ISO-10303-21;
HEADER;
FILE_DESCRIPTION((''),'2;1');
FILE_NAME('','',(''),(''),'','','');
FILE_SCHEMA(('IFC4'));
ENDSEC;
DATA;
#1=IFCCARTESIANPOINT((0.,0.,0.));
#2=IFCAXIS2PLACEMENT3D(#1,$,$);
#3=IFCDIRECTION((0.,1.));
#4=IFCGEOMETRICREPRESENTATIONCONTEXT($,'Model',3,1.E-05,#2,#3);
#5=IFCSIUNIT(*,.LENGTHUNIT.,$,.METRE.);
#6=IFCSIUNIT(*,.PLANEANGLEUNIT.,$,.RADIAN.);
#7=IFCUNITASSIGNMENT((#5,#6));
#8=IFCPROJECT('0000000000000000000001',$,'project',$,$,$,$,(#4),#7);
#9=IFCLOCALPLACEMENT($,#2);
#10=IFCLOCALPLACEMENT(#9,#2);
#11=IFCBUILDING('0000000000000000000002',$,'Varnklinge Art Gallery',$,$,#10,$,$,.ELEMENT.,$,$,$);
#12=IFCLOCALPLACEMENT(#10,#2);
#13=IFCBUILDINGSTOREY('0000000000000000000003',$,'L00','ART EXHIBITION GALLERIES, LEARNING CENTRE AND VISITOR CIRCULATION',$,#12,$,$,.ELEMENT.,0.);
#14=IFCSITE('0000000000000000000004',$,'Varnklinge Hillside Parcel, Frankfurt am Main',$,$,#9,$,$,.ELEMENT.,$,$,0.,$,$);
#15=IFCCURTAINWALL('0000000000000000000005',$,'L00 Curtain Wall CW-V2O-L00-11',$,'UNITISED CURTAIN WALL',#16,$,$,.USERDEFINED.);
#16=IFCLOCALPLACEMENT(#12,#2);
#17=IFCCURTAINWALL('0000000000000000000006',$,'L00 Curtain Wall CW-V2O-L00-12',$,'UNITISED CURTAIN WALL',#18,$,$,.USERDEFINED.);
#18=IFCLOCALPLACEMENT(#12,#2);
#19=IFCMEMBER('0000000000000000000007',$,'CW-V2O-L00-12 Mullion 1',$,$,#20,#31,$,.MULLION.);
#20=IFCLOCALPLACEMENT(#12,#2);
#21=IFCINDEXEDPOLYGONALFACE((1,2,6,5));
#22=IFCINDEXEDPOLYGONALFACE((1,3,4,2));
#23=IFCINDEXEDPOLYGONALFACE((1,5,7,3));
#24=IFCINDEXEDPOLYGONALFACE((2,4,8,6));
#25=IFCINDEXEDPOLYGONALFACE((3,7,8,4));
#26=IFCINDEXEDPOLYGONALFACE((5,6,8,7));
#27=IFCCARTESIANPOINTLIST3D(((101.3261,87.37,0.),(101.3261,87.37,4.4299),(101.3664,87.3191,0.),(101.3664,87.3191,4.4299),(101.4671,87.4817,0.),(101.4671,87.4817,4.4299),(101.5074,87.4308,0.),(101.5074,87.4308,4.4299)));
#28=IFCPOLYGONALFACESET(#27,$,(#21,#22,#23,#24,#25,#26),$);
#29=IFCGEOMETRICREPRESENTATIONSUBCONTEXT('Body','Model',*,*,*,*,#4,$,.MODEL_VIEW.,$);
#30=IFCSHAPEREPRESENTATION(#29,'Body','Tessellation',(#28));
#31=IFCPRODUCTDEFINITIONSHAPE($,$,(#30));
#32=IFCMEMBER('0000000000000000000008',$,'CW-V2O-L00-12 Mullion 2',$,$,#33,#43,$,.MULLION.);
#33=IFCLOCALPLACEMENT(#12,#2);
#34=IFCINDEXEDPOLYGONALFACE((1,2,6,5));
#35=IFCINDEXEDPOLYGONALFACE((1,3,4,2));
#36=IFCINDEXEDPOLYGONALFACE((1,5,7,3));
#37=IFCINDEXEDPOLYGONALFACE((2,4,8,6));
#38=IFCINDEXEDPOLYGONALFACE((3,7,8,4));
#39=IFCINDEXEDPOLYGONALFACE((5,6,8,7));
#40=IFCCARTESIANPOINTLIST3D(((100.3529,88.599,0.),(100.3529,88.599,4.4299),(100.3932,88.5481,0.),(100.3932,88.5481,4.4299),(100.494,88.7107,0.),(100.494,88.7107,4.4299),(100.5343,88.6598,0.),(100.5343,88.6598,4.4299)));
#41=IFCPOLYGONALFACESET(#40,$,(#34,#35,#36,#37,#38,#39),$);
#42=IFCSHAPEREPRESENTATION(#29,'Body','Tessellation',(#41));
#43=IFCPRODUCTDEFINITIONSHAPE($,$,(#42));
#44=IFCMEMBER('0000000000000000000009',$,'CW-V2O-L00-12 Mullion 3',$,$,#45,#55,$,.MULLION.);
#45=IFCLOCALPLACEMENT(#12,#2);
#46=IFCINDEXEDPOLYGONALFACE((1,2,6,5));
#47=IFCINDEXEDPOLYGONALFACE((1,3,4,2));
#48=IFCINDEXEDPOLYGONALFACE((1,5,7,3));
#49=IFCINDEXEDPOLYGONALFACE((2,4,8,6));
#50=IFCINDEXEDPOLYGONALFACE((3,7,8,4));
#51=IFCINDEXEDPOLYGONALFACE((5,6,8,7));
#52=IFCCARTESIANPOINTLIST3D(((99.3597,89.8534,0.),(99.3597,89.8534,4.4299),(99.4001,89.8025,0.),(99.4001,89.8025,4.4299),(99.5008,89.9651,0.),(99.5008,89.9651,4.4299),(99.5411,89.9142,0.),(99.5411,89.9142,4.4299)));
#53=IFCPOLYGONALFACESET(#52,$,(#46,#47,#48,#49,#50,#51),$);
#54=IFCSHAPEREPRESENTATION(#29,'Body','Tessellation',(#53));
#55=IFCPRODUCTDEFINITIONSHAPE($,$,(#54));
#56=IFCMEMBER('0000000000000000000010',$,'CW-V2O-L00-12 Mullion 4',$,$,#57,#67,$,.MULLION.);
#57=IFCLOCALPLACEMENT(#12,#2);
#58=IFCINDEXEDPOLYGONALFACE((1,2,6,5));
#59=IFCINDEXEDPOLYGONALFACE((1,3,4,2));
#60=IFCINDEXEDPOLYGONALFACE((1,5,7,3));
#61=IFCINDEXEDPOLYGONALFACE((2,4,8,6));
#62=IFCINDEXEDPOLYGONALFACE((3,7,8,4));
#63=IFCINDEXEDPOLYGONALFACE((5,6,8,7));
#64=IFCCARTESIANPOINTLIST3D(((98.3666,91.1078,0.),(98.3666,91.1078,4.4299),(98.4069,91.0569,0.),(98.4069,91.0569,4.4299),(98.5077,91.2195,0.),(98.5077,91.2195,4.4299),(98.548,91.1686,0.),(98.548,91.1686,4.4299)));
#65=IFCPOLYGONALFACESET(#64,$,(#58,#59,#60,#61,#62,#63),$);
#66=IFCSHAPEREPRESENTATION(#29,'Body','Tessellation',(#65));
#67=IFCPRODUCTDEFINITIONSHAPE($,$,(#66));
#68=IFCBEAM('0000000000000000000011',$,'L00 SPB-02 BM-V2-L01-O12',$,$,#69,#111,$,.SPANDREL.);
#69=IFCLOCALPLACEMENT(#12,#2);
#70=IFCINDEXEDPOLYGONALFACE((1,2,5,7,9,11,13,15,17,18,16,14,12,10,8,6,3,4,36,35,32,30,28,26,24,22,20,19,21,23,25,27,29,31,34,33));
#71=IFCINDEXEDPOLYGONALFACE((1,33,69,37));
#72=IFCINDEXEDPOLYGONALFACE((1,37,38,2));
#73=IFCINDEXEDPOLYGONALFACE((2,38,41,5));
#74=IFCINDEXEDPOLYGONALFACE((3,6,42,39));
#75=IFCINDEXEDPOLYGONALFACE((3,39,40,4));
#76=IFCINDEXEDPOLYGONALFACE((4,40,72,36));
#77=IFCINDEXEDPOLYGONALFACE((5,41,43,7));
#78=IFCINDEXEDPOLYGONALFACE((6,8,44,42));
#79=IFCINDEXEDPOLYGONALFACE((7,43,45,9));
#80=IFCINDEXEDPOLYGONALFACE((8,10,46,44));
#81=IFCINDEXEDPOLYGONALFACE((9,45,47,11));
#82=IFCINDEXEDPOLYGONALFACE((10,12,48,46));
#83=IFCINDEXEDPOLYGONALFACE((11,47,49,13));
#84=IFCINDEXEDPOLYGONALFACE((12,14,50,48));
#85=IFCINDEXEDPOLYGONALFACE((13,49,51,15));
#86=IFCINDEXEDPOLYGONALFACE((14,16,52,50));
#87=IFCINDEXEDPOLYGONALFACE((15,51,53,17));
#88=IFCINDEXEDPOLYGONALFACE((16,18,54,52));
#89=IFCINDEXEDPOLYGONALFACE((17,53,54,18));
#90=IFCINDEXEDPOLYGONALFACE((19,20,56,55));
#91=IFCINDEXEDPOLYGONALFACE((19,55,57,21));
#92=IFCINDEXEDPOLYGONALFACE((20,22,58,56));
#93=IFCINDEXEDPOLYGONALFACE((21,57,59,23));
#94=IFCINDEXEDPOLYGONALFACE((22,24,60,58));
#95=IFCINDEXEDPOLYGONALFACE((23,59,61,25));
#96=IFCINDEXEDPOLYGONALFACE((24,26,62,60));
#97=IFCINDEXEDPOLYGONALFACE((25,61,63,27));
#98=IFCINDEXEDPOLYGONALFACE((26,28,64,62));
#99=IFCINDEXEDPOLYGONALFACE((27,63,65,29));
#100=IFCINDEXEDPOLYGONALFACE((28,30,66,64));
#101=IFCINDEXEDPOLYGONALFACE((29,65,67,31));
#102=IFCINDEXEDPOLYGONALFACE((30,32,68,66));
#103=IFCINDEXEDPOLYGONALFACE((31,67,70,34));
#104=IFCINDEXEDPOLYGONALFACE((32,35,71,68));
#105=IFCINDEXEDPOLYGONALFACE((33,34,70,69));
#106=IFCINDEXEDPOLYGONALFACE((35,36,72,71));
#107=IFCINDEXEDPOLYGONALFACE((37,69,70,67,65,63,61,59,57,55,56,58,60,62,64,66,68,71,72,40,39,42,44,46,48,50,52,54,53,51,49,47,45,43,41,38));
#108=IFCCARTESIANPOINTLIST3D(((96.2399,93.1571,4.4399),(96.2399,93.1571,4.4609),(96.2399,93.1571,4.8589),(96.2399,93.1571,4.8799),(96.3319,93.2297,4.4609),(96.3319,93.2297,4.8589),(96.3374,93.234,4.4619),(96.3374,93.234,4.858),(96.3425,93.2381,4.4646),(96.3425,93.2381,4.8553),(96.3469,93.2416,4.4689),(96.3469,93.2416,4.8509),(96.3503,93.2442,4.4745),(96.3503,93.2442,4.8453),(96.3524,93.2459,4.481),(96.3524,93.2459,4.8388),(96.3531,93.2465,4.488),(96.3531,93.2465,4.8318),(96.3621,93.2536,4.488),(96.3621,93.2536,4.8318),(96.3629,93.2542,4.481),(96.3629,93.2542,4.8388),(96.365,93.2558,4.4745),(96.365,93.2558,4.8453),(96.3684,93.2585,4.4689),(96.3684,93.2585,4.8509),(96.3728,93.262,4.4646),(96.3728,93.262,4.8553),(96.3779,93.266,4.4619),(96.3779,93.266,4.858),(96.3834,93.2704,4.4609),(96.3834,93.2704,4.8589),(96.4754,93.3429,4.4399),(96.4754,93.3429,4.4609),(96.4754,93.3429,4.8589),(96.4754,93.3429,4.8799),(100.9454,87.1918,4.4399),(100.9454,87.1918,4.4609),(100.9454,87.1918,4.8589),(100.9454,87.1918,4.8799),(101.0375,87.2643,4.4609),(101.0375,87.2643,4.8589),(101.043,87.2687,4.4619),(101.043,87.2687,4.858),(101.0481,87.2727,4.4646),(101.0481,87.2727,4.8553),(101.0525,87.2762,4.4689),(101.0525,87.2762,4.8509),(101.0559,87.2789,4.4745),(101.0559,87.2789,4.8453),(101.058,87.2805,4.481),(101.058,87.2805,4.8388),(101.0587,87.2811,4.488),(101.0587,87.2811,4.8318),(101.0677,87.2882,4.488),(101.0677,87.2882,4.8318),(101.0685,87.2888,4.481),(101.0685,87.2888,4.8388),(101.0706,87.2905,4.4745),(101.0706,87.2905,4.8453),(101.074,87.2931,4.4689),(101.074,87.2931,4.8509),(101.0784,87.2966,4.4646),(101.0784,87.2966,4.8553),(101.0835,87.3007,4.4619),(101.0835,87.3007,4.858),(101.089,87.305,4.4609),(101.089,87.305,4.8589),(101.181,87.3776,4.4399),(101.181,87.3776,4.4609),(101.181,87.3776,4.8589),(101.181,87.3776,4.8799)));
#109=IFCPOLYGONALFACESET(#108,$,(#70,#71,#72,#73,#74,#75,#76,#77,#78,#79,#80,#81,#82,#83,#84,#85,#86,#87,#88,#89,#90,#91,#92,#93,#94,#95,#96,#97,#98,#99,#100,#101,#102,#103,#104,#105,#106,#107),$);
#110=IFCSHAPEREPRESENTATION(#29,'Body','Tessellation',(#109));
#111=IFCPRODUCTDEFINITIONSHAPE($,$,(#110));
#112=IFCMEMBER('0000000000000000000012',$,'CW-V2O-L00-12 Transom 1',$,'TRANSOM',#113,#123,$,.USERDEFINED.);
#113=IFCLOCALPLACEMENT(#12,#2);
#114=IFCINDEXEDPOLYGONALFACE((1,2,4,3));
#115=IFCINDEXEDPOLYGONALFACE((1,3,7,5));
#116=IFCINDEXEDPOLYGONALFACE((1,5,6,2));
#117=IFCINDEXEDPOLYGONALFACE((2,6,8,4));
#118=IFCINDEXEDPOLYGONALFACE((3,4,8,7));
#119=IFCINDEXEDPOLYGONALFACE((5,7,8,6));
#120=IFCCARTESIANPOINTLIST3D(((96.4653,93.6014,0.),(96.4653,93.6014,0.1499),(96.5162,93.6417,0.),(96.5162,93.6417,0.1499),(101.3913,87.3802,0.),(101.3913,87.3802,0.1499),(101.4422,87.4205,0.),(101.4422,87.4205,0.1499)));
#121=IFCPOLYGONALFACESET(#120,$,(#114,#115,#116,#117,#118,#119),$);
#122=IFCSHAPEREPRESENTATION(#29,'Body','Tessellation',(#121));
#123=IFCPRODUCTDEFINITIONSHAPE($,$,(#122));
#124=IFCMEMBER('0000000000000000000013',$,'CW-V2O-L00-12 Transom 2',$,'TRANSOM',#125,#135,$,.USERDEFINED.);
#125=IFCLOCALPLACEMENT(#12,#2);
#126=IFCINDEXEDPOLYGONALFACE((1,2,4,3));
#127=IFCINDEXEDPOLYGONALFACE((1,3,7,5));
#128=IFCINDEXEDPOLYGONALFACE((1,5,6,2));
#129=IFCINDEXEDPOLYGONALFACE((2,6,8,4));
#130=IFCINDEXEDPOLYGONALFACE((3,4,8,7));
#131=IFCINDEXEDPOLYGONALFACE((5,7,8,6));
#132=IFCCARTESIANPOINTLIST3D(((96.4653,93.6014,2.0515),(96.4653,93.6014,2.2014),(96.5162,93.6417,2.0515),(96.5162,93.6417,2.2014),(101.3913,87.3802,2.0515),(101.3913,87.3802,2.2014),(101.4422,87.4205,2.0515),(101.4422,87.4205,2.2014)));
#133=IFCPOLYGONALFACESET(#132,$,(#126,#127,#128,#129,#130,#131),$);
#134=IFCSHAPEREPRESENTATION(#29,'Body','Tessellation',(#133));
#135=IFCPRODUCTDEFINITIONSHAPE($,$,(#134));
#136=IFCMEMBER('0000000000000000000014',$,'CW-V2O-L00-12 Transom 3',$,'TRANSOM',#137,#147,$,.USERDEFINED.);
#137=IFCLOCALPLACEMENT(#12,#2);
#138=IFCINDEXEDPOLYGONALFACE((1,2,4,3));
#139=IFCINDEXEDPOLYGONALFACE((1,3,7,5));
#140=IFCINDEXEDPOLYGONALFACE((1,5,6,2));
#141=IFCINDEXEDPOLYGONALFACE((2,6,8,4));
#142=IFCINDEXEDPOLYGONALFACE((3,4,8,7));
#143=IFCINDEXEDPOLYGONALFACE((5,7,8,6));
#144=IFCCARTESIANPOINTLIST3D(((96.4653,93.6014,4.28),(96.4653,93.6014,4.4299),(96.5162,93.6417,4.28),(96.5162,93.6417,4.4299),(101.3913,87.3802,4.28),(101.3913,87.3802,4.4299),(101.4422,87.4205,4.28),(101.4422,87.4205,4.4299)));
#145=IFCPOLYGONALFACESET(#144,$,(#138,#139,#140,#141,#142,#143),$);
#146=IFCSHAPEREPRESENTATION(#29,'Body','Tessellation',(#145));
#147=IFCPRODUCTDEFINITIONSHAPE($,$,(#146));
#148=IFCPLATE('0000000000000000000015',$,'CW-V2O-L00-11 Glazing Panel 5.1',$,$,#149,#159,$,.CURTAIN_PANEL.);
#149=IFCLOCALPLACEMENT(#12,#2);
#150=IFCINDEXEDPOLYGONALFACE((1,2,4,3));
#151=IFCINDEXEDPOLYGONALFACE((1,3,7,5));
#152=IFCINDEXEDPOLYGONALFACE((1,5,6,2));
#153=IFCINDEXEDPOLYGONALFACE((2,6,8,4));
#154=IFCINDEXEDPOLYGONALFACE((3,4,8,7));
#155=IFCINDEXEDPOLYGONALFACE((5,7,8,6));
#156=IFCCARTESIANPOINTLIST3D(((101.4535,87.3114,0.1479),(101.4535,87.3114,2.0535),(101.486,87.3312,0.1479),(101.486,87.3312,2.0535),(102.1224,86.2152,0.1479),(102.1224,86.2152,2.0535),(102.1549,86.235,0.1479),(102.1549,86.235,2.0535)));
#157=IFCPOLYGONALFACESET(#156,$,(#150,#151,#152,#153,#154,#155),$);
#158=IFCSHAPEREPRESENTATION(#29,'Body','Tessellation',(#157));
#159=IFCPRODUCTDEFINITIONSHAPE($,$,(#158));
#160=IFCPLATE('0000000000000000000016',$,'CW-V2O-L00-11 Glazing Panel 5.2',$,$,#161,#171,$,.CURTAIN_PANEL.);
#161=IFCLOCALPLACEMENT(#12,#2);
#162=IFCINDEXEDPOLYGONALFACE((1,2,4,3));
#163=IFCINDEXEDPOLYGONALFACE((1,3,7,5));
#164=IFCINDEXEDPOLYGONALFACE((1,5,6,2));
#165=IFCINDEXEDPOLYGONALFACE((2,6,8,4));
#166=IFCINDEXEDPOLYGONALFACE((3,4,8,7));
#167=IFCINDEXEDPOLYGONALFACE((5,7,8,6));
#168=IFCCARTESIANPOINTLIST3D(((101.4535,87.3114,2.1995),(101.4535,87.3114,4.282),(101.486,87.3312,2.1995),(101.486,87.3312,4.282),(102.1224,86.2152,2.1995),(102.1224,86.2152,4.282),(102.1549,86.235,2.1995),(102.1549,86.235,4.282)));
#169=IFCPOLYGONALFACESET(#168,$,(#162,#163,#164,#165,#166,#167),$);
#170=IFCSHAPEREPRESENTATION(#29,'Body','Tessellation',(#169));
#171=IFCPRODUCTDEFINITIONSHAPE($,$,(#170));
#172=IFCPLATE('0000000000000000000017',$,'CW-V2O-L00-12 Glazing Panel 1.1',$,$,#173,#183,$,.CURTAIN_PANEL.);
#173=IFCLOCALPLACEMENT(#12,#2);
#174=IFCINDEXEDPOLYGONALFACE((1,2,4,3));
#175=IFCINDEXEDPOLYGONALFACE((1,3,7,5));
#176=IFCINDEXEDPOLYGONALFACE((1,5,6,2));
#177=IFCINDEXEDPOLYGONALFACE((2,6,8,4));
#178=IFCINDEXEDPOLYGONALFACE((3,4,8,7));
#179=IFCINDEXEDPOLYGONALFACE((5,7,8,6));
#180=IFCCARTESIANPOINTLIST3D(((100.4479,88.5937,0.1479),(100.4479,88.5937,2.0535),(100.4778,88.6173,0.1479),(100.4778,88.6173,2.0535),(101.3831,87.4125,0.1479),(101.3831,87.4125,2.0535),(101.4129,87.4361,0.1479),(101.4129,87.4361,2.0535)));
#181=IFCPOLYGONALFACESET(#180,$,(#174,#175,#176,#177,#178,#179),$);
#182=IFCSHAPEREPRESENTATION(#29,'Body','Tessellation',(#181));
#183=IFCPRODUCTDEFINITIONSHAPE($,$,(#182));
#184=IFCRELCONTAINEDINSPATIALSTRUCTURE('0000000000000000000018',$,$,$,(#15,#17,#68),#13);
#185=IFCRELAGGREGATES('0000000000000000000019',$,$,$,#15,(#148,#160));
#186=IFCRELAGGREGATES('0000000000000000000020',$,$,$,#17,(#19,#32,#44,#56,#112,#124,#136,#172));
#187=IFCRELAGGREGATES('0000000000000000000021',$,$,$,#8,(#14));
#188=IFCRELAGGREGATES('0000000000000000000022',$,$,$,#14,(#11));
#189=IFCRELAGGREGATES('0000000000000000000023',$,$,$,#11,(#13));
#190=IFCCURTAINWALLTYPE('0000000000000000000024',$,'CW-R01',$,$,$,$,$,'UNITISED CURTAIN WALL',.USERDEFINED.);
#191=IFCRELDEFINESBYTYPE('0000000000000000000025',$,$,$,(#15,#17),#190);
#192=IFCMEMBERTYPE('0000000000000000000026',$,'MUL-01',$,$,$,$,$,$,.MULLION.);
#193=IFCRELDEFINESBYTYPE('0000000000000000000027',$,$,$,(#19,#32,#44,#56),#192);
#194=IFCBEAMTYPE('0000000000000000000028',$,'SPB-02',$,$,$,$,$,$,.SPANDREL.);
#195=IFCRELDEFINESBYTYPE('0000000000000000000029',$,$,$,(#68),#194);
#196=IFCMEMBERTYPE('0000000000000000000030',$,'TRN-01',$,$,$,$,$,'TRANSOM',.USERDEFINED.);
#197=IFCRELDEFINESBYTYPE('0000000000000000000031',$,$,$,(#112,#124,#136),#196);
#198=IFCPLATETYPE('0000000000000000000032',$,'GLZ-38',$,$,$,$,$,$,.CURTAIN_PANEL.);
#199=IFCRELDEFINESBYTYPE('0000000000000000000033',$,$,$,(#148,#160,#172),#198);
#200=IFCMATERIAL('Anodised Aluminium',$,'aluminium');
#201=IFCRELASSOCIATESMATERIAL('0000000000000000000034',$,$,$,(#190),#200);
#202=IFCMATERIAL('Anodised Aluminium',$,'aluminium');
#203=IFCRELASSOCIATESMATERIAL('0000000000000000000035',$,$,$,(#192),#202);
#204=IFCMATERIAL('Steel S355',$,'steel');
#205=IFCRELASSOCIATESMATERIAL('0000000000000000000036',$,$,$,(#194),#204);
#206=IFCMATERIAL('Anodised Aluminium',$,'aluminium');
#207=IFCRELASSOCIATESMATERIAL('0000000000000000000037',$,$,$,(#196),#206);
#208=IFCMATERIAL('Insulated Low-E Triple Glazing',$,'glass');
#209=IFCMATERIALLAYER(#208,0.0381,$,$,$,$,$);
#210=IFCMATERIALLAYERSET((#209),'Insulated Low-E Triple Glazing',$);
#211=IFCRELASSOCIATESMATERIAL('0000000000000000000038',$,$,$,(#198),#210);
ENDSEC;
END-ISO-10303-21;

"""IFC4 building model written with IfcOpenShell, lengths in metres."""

from ifc_helpers import new_model, si_unit, direction, frame, origin, origin_2d, place, context, subcontext, project, spatial, rectangle, i_section, extrude, material, layer, layer_set, material_profile, profile_set, type_object, element, aggregate, save


model = new_model("IFC4")

# Units and contexts
model_context = context("Model", 3, precision=1e-05, world=origin(), true_north=direction((0.0, 1.0)))
body_context = subcontext(model_context, "Body", "Model", "MODEL_VIEW")
ifc_project = project(units=[si_unit("LENGTHUNIT", "METRE"), si_unit("PLANEANGLEUNIT", "RADIAN")], contexts=[model_context])

# Site, building, storey
site_placement = place(None, origin())
site = spatial("IfcSite", under=ifc_project, at=site_placement, Name="Varnklinge Hillside Parcel, Frankfurt am Main", CompositionType="ELEMENT", RefElevation=0.0)
building_placement = place(site_placement, origin())
building = spatial("IfcBuilding", under=site, at=building_placement, Name="Varnklinge Art Gallery", CompositionType="ELEMENT")
storey_placement = place(building_placement, origin())
storey = spatial("IfcBuildingStorey", under=building, at=storey_placement, Name="L00", Description="ART EXHIBITION GALLERIES, LEARNING CENTRE AND VISITOR CIRCULATION", CompositionType="ELEMENT", Elevation=0.0)

# Curtain walls, members
ifc_material_1 = material(Name="Anodised Aluminium", Category="aluminium")
curtain_wall_type = type_object("IfcCurtainWallType", Name="CW-R01", ElementType="UNITISED CURTAIN WALL", PredefinedType="USERDEFINED", material=ifc_material_1)
curtain_wall_1_placement = place(storey_placement, origin())
curtain_wall_1 = element("IfcCurtainWall", 1, at=curtain_wall_1_placement, inside=storey, type_object=curtain_wall_type, Name="L00 Curtain Wall CW-V2O-L00-11", ObjectType="UNITISED CURTAIN WALL", PredefinedType="USERDEFINED")
ifc_material_2 = material(Name="Anodised Aluminium", Category="aluminium")
ifc_material_profile_1 = material_profile(ifc_material_2, rectangle(XDim=0.0649, YDim=0.1799, at=origin_2d()), Name="ALU 65x180")
ifc_profile_set_1 = profile_set([ifc_material_profile_1], Name="Anodised Aluminium")
member_type_1 = type_object("IfcMemberType", Name="MUL-01", PredefinedType="MULLION", material=ifc_profile_set_1)
curtain_wall_2_placement = place(storey_placement, origin())
curtain_wall_2 = element("IfcCurtainWall", 2, at=curtain_wall_2_placement, inside=storey, type_object=curtain_wall_type, Name="L00 Curtain Wall CW-V2O-L00-12", ObjectType="UNITISED CURTAIN WALL", PredefinedType="USERDEFINED")
member_1_placement = place(storey_placement, frame((101.4167, 87.4004, 0.0), z_axis=(0.0, 0.0, 1.0), x_axis=(-0.620737, 0.784019, 0.0)))
member_1 = element("IfcMember", 3, at=member_1_placement, type_object=member_type_1, Name="CW-V2O-L00-12 Mullion 1", PredefinedType="MULLION", context=body_context, shape_type="SweptSolid", body=[
    extrude(rectangle(XDim=0.0649, YDim=0.1799, at=origin_2d()), origin(), (0.0, 0.0, 1.0), 4.4299),
])
member_2_placement = place(storey_placement, frame((100.4436, 88.6294, 0.0), z_axis=(0.0, 0.0, 1.0), x_axis=(-0.620737, 0.784019, 0.0)))
member_2 = element("IfcMember", 4, at=member_2_placement, type_object=member_type_1, Name="CW-V2O-L00-12 Mullion 2", PredefinedType="MULLION", context=body_context, shape_type="SweptSolid", body=[
    extrude(rectangle(XDim=0.0649, YDim=0.1799, at=origin_2d()), origin(), (0.0, 0.0, 1.0), 4.4299),
])
member_3_placement = place(storey_placement, frame((99.4504, 89.8838, 0.0), z_axis=(0.0, 0.0, 1.0), x_axis=(-0.620737, 0.784019, 0.0)))
member_3 = element("IfcMember", 5, at=member_3_placement, type_object=member_type_1, Name="CW-V2O-L00-12 Mullion 3", PredefinedType="MULLION", context=body_context, shape_type="SweptSolid", body=[
    extrude(rectangle(XDim=0.0649, YDim=0.1799, at=origin_2d()), origin(), (0.0, 0.0, 1.0), 4.4299),
])
member_4_placement = place(storey_placement, frame((98.4573, 91.1382, 0.0), z_axis=(0.0, 0.0, 1.0), x_axis=(-0.620737, 0.784019, 0.0)))
member_4 = element("IfcMember", 6, at=member_4_placement, type_object=member_type_1, Name="CW-V2O-L00-12 Mullion 4", PredefinedType="MULLION", context=body_context, shape_type="SweptSolid", body=[
    extrude(rectangle(XDim=0.0649, YDim=0.1799, at=origin_2d()), origin(), (0.0, 0.0, 1.0), 4.4299),
])

# Beam
ifc_material_3 = material(Name="Steel S355", Category="steel")
ifc_material_profile_2 = material_profile(ifc_material_3, i_section(OverallWidth=0.3, OverallDepth=0.4399, WebThickness=0.0115, FlangeThickness=0.021, FilletRadius=0.0271, at=origin_2d()), Name="HEA 450")
ifc_profile_set_2 = profile_set([ifc_material_profile_2], Name="Steel S355")
beam_type_1 = type_object("IfcBeamType", Name="SPB-02", PredefinedType="SPANDREL", material=ifc_profile_set_2)
beam_1_placement = place(storey_placement, frame((101.0632, 87.2847, 4.6599), z_axis=(-0.619328, 0.785133, 0.0), x_axis=(-0.785133, -0.619328, 0.0)))
element("IfcBeam", 7, at=beam_1_placement, inside=storey, type_object=beam_type_1, Name="L00 SPB-02 BM-V2-L01-O12", PredefinedType="SPANDREL", context=body_context, shape_type="SweptSolid", body=[
    extrude(i_section(OverallWidth=0.3, OverallDepth=0.4399, WebThickness=0.0115, FlangeThickness=0.021, FilletRadius=0.0271, at=origin_2d()), origin(), (0.0, 0.0, 1.0), 7.5979),
])

# Members
ifc_material_4 = material(Name="Anodised Aluminium", Category="aluminium")
ifc_material_profile_3 = material_profile(ifc_material_4, rectangle(XDim=0.0649, YDim=0.1499, at=origin_2d()), Name="ALU 65x150")
ifc_profile_set_3 = profile_set([ifc_material_profile_3], Name="Anodised Aluminium")
member_type_2 = type_object("IfcMemberType", Name="TRN-01", ElementType="TRANSOM", PredefinedType="USERDEFINED", material=ifc_profile_set_3)
member_5_placement = place(storey_placement, frame((101.4167, 87.4004, 0.075), z_axis=(-0.620774, 0.78399, 0.0), x_axis=(-0.78399, -0.620774, 0.0)))
member_5 = element("IfcMember", 8, at=member_5_placement, type_object=member_type_2, Name="CW-V2O-L00-12 Transom 1", ObjectType="TRANSOM", PredefinedType="USERDEFINED", context=body_context, shape_type="SweptSolid", body=[
    extrude(rectangle(XDim=0.0649, YDim=0.1499, at=origin_2d()), origin(), (0.0, 0.0, 1.0), 7.9353),
])
member_6_placement = place(storey_placement, frame((101.4167, 87.4004, 2.1265), z_axis=(-0.620774, 0.78399, 0.0), x_axis=(-0.78399, -0.620774, 0.0)))
member_6 = element("IfcMember", 9, at=member_6_placement, type_object=member_type_2, Name="CW-V2O-L00-12 Transom 2", ObjectType="TRANSOM", PredefinedType="USERDEFINED", context=body_context, shape_type="SweptSolid", body=[
    extrude(rectangle(XDim=0.0649, YDim=0.1499, at=origin_2d()), origin(), (0.0, 0.0, 1.0), 7.9353),
])
member_7_placement = place(storey_placement, frame((101.4167, 87.4004, 4.355), z_axis=(-0.620774, 0.78399, 0.0), x_axis=(-0.78399, -0.620774, 0.0)))
member_7 = element("IfcMember", 10, at=member_7_placement, type_object=member_type_2, Name="CW-V2O-L00-12 Transom 3", ObjectType="TRANSOM", PredefinedType="USERDEFINED", context=body_context, shape_type="SweptSolid", body=[
    extrude(rectangle(XDim=0.0649, YDim=0.1499, at=origin_2d()), origin(), (0.0, 0.0, 1.0), 7.9353),
])

# Plates
ifc_material_5 = material(Name="Insulated Low-E Triple Glazing", Category="glass")
ifc_layer = layer(ifc_material_5, 0.0381)
ifc_layer_set = layer_set([ifc_layer], Name="Insulated Low-E Triple Glazing")
plate_type = type_object("IfcPlateType", Name="GLZ-38", PredefinedType="CURTAIN_PANEL", material=ifc_layer_set)
plate_1_placement = place(storey_placement, frame((101.8042, 86.7732, 0.1479), z_axis=(0.0, 0.0, 1.0), x_axis=(-0.520861, 0.853642, 0.0)))
plate_1 = element("IfcPlate", 11, at=plate_1_placement, type_object=plate_type, Name="CW-V2O-L00-11 Glazing Panel 5.1", PredefinedType="CURTAIN_PANEL", context=body_context, shape_type="SweptSolid", body=[
    extrude(rectangle(XDim=1.2842, YDim=0.0381, at=origin_2d()), origin(), (0.0, 0.0, 1.0), 1.9055),
])
plate_2_placement = place(storey_placement, frame((101.8042, 86.7732, 2.1995), z_axis=(0.0, 0.0, 1.0), x_axis=(-0.520861, 0.853642, 0.0)))
plate_2 = element("IfcPlate", 12, at=plate_2_placement, type_object=plate_type, Name="CW-V2O-L00-11 Glazing Panel 5.2", PredefinedType="CURTAIN_PANEL", context=body_context, shape_type="SweptSolid", body=[
    extrude(rectangle(XDim=1.2842, YDim=0.0381, at=origin_2d()), origin(), (0.0, 0.0, 1.0), 2.0825),
])
aggregate(curtain_wall_1, [plate_1, plate_2])
plate_3_placement = place(storey_placement, frame((100.9304, 88.0149, 0.1479), z_axis=(0.0, 0.0, 1.0), x_axis=(-0.620737, 0.784019, 0.0)))
plate_3 = element("IfcPlate", 13, at=plate_3_placement, type_object=plate_type, Name="CW-V2O-L00-12 Glazing Panel 1.1", PredefinedType="CURTAIN_PANEL", context=body_context, shape_type="SweptSolid", body=[
    extrude(rectangle(XDim=1.5066, YDim=0.0381, at=origin_2d()), origin(), (0.0, 0.0, 1.0), 1.9055),
])
aggregate(curtain_wall_2, [member_1, member_2, member_3, member_4, member_5, member_6, member_7, plate_3])

save(model, "model.ifc")
